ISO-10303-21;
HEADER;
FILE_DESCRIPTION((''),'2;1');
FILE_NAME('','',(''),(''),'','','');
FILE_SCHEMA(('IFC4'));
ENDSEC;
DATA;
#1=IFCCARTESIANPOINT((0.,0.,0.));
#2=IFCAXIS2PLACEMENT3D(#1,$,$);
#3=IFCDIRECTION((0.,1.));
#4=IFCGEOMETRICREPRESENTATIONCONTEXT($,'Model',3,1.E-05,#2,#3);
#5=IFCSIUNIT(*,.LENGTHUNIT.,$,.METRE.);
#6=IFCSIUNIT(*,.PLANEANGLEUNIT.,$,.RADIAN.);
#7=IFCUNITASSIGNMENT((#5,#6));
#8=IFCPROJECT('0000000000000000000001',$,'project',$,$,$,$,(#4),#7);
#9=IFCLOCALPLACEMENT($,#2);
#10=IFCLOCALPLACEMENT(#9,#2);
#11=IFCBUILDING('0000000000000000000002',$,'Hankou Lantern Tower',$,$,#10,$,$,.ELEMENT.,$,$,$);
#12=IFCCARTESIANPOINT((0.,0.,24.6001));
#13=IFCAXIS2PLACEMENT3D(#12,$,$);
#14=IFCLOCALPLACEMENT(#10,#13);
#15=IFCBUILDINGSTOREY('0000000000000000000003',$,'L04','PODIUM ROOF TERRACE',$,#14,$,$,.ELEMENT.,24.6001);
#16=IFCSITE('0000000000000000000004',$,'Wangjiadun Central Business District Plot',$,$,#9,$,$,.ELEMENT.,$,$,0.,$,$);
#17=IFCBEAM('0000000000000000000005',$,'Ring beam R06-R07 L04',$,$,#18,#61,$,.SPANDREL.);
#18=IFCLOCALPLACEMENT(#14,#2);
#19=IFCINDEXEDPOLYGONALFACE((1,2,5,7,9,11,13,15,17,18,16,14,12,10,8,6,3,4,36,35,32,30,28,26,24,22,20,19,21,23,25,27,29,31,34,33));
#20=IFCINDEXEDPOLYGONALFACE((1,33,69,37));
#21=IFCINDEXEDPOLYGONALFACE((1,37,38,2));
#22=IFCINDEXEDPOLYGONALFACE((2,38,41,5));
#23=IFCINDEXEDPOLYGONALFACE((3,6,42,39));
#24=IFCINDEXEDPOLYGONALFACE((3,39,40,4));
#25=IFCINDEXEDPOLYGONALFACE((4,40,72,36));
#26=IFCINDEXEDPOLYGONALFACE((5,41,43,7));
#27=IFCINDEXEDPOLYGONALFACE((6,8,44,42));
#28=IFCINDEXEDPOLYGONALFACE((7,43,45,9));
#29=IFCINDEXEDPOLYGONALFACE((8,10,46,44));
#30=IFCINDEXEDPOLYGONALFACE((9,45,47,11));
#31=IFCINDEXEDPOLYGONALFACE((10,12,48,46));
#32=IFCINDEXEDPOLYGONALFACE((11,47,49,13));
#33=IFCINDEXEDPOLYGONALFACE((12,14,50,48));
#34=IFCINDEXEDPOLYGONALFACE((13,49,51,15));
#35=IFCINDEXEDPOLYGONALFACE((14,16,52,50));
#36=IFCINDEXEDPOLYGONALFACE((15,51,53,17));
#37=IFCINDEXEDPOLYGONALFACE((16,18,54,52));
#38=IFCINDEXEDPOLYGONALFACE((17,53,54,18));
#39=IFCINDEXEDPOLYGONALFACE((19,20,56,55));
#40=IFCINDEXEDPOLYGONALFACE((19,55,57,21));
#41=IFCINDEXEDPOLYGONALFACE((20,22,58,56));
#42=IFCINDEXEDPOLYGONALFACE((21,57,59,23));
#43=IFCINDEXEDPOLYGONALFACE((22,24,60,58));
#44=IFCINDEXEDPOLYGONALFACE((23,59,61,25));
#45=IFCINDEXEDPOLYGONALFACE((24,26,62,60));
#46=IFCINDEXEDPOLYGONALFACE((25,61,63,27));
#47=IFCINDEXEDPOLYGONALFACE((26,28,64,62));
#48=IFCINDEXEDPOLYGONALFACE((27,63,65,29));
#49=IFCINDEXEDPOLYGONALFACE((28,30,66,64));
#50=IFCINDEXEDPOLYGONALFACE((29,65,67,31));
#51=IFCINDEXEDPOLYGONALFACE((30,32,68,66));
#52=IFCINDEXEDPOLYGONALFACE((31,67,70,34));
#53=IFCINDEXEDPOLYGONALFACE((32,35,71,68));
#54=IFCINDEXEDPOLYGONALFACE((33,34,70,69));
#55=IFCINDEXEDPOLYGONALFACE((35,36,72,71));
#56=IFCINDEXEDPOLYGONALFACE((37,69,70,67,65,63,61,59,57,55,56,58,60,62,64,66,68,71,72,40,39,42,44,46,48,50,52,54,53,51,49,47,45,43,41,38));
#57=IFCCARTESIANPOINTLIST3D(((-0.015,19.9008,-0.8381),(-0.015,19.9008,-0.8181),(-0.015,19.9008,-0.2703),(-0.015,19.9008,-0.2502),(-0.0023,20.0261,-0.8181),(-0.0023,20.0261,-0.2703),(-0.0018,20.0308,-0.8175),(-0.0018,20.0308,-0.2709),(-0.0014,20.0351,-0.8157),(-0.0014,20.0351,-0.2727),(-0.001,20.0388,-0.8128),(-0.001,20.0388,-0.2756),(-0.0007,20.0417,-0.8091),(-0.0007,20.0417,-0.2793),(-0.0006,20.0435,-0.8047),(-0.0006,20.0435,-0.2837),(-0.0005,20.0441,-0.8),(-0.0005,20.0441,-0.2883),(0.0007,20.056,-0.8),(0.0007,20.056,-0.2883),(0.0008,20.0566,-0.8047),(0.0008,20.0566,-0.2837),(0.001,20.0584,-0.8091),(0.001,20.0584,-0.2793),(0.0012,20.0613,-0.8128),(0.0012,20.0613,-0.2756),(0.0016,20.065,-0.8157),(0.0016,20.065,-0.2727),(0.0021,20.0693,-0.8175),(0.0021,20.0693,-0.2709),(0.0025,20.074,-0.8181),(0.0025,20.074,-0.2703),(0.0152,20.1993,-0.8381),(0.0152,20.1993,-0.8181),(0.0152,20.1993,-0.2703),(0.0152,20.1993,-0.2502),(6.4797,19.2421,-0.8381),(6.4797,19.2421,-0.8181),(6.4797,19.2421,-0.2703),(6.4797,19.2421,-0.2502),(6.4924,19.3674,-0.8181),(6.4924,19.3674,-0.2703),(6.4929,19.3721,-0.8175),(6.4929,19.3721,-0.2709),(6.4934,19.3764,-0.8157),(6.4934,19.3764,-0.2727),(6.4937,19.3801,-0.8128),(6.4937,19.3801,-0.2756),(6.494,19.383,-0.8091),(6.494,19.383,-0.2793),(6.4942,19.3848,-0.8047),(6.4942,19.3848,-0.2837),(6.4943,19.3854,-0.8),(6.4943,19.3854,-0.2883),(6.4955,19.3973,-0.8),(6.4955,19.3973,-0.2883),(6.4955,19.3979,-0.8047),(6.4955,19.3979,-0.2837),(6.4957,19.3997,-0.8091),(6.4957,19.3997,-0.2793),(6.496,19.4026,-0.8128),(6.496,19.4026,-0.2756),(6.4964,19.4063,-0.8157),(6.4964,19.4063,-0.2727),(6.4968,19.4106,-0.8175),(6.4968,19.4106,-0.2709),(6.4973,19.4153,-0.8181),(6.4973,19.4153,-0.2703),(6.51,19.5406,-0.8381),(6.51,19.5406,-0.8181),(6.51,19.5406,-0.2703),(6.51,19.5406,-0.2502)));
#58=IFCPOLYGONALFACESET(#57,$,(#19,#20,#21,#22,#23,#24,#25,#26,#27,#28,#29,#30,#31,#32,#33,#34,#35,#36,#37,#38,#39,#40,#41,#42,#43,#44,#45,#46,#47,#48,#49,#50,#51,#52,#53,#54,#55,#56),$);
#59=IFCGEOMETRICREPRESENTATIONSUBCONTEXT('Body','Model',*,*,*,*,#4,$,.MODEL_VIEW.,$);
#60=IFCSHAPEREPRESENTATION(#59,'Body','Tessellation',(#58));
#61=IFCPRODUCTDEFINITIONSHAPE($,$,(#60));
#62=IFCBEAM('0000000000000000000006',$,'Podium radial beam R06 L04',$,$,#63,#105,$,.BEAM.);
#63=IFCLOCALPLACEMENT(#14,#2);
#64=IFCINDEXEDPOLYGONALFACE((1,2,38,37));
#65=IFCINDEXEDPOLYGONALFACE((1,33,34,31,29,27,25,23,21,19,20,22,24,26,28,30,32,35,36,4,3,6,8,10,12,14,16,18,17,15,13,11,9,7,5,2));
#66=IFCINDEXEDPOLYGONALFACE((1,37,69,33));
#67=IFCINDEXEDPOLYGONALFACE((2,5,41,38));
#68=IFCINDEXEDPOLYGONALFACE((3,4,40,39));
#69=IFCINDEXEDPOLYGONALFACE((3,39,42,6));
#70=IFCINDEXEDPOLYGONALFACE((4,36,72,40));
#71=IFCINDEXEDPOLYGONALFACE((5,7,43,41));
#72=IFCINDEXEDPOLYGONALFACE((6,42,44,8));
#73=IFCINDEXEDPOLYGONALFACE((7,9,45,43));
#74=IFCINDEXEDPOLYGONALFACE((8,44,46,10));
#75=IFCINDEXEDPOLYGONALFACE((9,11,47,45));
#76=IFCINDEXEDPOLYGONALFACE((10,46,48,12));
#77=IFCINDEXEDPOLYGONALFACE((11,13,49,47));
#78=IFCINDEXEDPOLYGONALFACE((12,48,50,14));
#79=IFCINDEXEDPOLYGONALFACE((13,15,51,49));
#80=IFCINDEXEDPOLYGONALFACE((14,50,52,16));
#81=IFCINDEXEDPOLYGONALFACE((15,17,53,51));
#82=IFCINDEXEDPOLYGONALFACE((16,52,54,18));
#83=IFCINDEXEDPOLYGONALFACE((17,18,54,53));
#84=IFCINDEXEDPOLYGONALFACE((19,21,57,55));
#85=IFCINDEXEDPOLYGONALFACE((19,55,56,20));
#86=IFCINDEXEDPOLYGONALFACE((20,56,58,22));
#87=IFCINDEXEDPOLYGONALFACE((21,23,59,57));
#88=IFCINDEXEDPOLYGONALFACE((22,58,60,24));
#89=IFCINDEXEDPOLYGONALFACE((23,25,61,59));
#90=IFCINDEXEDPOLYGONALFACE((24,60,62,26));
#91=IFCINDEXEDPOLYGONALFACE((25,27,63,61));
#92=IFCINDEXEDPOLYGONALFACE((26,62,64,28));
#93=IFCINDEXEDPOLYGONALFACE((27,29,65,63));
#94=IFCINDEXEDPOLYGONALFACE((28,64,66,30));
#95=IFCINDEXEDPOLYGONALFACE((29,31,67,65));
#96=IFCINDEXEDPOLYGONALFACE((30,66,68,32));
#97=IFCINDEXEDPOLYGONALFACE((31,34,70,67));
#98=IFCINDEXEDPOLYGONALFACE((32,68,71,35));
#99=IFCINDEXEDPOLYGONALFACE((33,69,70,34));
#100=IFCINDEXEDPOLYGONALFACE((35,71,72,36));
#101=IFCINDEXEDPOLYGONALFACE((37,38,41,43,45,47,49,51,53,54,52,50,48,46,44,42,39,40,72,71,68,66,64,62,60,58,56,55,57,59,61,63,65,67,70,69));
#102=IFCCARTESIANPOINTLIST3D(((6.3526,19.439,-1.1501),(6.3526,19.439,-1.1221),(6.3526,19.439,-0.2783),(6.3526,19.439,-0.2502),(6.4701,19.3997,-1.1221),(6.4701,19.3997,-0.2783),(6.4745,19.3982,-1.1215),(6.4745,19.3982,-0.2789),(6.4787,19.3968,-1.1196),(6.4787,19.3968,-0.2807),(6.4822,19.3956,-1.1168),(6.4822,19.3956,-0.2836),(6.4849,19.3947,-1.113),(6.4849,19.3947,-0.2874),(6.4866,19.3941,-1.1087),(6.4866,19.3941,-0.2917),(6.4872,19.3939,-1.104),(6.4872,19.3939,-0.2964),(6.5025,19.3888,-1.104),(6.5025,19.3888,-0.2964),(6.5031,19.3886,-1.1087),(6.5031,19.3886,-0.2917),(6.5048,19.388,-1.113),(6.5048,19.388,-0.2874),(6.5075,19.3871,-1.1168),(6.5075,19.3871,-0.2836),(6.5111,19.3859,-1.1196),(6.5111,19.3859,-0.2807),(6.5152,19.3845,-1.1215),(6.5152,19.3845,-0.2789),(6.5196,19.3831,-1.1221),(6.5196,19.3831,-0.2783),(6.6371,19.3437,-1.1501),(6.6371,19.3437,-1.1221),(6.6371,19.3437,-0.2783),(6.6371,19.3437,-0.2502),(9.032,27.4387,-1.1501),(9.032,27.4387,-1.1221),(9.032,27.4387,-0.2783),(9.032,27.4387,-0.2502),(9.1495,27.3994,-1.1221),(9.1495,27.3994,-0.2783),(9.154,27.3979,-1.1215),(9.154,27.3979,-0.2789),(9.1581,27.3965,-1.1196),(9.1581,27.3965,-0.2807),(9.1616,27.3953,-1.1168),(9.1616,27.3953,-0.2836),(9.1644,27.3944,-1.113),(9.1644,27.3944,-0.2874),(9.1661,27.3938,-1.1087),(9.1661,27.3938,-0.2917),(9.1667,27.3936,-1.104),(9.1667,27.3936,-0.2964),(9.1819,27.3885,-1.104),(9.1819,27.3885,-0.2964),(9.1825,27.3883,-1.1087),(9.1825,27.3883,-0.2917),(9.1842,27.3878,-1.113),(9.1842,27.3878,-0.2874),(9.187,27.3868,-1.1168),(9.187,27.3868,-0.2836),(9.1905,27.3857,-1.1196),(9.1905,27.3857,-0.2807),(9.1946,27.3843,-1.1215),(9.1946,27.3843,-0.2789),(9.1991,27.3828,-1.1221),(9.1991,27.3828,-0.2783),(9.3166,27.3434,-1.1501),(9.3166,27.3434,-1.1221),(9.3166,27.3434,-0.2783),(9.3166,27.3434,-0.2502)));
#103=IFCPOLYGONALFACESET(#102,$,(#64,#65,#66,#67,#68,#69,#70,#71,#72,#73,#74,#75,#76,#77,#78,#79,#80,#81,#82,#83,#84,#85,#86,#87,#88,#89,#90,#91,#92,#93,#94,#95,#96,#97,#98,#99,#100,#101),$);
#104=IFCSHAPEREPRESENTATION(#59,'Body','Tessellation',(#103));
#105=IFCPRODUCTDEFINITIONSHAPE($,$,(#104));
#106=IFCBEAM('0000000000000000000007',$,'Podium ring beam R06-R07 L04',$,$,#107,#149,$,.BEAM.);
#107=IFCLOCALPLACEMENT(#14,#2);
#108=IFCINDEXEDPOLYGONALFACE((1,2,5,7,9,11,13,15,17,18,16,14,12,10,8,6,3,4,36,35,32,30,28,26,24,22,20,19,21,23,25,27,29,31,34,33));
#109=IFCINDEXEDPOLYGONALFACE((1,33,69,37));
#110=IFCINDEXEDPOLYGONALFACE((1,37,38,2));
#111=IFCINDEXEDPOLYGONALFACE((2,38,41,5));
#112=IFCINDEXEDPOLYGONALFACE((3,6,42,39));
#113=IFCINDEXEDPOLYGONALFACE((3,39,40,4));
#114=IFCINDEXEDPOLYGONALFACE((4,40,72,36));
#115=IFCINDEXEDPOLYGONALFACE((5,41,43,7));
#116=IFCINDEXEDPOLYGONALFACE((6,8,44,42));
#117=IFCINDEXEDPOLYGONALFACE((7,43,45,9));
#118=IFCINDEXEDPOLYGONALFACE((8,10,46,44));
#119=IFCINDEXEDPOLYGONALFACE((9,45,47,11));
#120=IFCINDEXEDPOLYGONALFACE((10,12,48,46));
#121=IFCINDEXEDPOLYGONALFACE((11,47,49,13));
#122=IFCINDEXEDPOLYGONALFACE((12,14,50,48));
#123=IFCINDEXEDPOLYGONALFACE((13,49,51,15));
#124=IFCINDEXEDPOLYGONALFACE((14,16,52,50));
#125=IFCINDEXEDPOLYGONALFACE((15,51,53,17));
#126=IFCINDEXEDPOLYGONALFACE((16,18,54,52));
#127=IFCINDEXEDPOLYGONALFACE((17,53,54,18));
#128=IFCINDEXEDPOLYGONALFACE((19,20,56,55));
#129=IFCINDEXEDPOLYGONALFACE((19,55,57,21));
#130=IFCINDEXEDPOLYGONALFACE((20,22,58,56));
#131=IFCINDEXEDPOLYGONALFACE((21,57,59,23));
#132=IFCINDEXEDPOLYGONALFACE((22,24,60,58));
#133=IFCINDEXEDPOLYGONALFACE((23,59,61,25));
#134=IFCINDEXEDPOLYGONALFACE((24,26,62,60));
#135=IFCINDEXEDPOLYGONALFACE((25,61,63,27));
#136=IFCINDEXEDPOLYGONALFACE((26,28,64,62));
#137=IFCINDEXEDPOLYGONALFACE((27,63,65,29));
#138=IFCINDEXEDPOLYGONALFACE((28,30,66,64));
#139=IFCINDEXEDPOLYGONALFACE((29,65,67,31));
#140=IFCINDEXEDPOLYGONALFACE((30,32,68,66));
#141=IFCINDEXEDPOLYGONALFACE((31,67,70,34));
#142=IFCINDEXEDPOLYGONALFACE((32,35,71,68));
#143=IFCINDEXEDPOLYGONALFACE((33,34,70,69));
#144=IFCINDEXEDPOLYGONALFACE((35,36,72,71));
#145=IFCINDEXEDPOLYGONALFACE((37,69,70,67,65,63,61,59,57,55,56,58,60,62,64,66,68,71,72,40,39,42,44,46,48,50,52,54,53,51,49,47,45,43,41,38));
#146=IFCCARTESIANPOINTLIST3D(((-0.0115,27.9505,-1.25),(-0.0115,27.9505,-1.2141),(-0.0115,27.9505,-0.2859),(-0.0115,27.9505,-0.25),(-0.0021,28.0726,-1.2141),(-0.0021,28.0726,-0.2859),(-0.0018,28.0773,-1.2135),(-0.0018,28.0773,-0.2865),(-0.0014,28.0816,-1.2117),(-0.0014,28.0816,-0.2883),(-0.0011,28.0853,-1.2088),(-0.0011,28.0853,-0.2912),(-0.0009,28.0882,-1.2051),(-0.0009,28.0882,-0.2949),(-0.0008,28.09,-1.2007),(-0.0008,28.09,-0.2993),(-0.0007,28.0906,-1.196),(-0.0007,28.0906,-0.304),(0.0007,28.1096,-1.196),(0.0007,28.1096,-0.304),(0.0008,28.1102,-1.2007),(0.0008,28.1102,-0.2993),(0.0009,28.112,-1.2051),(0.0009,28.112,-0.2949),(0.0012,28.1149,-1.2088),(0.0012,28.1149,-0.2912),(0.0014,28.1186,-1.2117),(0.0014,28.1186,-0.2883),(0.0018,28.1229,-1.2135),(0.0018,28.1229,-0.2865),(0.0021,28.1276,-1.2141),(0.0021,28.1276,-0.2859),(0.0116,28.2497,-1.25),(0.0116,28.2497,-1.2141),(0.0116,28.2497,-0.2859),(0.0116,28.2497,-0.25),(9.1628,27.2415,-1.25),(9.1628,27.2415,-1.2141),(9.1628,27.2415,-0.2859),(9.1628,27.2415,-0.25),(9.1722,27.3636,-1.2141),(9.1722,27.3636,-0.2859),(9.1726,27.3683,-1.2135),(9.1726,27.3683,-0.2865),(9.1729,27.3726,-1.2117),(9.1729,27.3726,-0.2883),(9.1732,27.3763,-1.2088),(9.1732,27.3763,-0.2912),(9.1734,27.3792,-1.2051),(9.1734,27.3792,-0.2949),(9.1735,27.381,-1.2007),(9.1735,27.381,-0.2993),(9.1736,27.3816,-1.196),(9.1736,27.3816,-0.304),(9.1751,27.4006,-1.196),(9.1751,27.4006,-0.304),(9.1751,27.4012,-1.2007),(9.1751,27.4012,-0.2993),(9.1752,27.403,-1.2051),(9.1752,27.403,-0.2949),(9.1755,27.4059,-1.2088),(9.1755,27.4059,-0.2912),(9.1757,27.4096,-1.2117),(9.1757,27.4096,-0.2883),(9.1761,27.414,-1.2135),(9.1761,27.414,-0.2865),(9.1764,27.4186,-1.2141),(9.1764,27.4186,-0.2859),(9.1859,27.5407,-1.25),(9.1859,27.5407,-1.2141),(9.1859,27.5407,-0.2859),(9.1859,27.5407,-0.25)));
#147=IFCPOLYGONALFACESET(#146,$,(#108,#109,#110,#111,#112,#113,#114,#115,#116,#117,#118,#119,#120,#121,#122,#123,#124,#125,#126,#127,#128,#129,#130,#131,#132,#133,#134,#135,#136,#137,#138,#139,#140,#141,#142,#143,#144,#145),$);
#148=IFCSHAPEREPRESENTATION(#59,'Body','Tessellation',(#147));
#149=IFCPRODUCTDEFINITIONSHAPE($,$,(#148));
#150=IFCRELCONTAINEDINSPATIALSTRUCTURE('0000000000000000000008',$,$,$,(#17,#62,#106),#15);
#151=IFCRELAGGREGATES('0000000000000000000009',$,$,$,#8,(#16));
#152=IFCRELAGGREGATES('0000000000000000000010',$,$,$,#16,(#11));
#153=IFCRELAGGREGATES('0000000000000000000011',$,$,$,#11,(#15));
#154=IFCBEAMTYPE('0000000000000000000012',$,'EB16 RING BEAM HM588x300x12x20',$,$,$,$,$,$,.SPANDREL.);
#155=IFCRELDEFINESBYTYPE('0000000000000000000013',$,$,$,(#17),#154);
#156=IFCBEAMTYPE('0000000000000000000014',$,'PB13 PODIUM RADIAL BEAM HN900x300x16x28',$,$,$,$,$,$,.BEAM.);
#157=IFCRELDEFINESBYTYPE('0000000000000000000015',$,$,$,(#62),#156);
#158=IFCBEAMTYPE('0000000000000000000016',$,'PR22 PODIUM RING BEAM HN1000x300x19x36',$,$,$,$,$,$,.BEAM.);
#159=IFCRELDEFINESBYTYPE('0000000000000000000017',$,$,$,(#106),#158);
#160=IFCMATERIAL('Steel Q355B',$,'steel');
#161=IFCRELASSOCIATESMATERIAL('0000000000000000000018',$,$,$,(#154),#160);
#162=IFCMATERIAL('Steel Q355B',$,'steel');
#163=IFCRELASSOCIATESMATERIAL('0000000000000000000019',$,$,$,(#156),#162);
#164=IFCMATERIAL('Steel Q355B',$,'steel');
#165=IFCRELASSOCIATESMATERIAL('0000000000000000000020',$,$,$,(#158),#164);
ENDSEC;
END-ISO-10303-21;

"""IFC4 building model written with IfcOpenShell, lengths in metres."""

from ifc_helpers import new_model, si_unit, direction, frame, origin, origin_2d, place, context, subcontext, project, spatial, i_section, extrude, material, material_profile, profile_set, type_object, element, save


model = new_model("IFC4")

# Units and contexts
model_context = context("Model", 3, precision=1e-05, world=origin(), true_north=direction((0.0, 1.0)))
body_context = subcontext(model_context, "Body", "Model", "MODEL_VIEW")
ifc_project = project(units=[si_unit("LENGTHUNIT", "METRE"), si_unit("PLANEANGLEUNIT", "RADIAN")], contexts=[model_context])

# Site, building, storey
site_placement = place(None, origin())
site = spatial("IfcSite", under=ifc_project, at=site_placement, Name="Wangjiadun Central Business District Plot", CompositionType="ELEMENT", RefElevation=0.0)
building_placement = place(site_placement, origin())
building = spatial("IfcBuilding", under=site, at=building_placement, Name="Hankou Lantern Tower", CompositionType="ELEMENT")
storey_placement = place(building_placement, frame((0.0, 0.0, 24.6001)))
storey = spatial("IfcBuildingStorey", under=building, at=storey_placement, Name="L04", Description="PODIUM ROOF TERRACE", CompositionType="ELEMENT", Elevation=24.6001)

# Beams
ifc_material_1 = material(Name="Steel Q355B", Category="steel")
ifc_material_profile_1 = material_profile(ifc_material_1, i_section(OverallWidth=0.3, OverallDepth=0.5879, WebThickness=0.012, FlangeThickness=0.02, FilletRadius=0.0181, at=origin_2d()), Name="HM588x300x12x20")
ifc_profile_set_1 = profile_set([ifc_material_profile_1], Name="Steel Q355B")
beam_type_1 = type_object("IfcBeamType", Name="EB16 RING BEAM HM588x300x12x20", PredefinedType="SPANDREL", material=ifc_profile_set_1)
beam_1_placement = place(storey_placement, frame((6.4949, 19.3914, -0.5442), z_axis=(-0.994897, 0.1009, 0.0), x_axis=(-0.1009, -0.994897, 0.0)))
element("IfcBeam", 1, at=beam_1_placement, inside=storey, type_object=beam_type_1, Name="Ring beam R06-R07 L04", PredefinedType="SPANDREL", context=body_context, shape_type="SweptSolid", body=[
    extrude(i_section(OverallWidth=0.3, OverallDepth=0.5879, WebThickness=0.012, FlangeThickness=0.02, FilletRadius=0.0181, at=origin_2d()), origin(), (0.0, 0.0, 1.0), 6.5281),
])
ifc_material_2 = material(Name="Steel Q355B", Category="steel")
ifc_material_profile_2 = material_profile(ifc_material_2, i_section(OverallWidth=0.3, OverallDepth=0.8999, WebThickness=0.0161, FlangeThickness=0.0281, FilletRadius=0.0181, at=origin_2d()), Name="HN900x300x16x28")
ifc_profile_set_2 = profile_set([ifc_material_profile_2], Name="Steel Q355B")
beam_type_2 = type_object("IfcBeamType", Name="PB13 PODIUM RADIAL BEAM HN900x300x16x28", PredefinedType="BEAM", material=ifc_profile_set_2)
beam_2_placement = place(storey_placement, frame((6.4949, 19.3914, -0.7002), z_axis=(0.317599, 0.948225, 0.0), x_axis=(-0.948225, 0.317599, 0.0)))
element("IfcBeam", 2, at=beam_2_placement, inside=storey, type_object=beam_type_2, Name="Podium radial beam R06 L04", PredefinedType="BEAM", context=body_context, shape_type="SweptSolid", body=[
    extrude(i_section(OverallWidth=0.3, OverallDepth=0.8999, WebThickness=0.0161, FlangeThickness=0.0281, FilletRadius=0.0181, at=origin_2d()), origin(), (0.0, 0.0, 1.0), 8.4365),
])
ifc_material_3 = material(Name="Steel Q355B", Category="steel")
ifc_material_profile_3 = material_profile(ifc_material_3, i_section(OverallWidth=0.3, OverallDepth=1.0, WebThickness=0.019, FlangeThickness=0.0359, FilletRadius=0.0181, at=origin_2d()), Name="HN1000x300x19x36")
ifc_profile_set_3 = profile_set([ifc_material_profile_3], Name="Steel Q355B")
beam_type_3 = type_object("IfcBeamType", Name="PR22 PODIUM RING BEAM HN1000x300x19x36", PredefinedType="BEAM", material=ifc_profile_set_3)
beam_3_placement = place(storey_placement, frame((9.1743, 27.3911, -0.75), z_axis=(-0.997027, 0.07705, 0.0), x_axis=(-0.07705, -0.997027, 0.0)))
element("IfcBeam", 3, at=beam_3_placement, inside=storey, type_object=beam_type_3, Name="Podium ring beam R06-R07 L04", PredefinedType="BEAM", context=body_context, shape_type="SweptSolid", body=[
    extrude(i_section(OverallWidth=0.3, OverallDepth=1.0, WebThickness=0.019, FlangeThickness=0.0359, FilletRadius=0.0181, at=origin_2d()), origin(), (0.0, 0.0, 1.0), 9.2017),
])

save(model, "model.ifc")
